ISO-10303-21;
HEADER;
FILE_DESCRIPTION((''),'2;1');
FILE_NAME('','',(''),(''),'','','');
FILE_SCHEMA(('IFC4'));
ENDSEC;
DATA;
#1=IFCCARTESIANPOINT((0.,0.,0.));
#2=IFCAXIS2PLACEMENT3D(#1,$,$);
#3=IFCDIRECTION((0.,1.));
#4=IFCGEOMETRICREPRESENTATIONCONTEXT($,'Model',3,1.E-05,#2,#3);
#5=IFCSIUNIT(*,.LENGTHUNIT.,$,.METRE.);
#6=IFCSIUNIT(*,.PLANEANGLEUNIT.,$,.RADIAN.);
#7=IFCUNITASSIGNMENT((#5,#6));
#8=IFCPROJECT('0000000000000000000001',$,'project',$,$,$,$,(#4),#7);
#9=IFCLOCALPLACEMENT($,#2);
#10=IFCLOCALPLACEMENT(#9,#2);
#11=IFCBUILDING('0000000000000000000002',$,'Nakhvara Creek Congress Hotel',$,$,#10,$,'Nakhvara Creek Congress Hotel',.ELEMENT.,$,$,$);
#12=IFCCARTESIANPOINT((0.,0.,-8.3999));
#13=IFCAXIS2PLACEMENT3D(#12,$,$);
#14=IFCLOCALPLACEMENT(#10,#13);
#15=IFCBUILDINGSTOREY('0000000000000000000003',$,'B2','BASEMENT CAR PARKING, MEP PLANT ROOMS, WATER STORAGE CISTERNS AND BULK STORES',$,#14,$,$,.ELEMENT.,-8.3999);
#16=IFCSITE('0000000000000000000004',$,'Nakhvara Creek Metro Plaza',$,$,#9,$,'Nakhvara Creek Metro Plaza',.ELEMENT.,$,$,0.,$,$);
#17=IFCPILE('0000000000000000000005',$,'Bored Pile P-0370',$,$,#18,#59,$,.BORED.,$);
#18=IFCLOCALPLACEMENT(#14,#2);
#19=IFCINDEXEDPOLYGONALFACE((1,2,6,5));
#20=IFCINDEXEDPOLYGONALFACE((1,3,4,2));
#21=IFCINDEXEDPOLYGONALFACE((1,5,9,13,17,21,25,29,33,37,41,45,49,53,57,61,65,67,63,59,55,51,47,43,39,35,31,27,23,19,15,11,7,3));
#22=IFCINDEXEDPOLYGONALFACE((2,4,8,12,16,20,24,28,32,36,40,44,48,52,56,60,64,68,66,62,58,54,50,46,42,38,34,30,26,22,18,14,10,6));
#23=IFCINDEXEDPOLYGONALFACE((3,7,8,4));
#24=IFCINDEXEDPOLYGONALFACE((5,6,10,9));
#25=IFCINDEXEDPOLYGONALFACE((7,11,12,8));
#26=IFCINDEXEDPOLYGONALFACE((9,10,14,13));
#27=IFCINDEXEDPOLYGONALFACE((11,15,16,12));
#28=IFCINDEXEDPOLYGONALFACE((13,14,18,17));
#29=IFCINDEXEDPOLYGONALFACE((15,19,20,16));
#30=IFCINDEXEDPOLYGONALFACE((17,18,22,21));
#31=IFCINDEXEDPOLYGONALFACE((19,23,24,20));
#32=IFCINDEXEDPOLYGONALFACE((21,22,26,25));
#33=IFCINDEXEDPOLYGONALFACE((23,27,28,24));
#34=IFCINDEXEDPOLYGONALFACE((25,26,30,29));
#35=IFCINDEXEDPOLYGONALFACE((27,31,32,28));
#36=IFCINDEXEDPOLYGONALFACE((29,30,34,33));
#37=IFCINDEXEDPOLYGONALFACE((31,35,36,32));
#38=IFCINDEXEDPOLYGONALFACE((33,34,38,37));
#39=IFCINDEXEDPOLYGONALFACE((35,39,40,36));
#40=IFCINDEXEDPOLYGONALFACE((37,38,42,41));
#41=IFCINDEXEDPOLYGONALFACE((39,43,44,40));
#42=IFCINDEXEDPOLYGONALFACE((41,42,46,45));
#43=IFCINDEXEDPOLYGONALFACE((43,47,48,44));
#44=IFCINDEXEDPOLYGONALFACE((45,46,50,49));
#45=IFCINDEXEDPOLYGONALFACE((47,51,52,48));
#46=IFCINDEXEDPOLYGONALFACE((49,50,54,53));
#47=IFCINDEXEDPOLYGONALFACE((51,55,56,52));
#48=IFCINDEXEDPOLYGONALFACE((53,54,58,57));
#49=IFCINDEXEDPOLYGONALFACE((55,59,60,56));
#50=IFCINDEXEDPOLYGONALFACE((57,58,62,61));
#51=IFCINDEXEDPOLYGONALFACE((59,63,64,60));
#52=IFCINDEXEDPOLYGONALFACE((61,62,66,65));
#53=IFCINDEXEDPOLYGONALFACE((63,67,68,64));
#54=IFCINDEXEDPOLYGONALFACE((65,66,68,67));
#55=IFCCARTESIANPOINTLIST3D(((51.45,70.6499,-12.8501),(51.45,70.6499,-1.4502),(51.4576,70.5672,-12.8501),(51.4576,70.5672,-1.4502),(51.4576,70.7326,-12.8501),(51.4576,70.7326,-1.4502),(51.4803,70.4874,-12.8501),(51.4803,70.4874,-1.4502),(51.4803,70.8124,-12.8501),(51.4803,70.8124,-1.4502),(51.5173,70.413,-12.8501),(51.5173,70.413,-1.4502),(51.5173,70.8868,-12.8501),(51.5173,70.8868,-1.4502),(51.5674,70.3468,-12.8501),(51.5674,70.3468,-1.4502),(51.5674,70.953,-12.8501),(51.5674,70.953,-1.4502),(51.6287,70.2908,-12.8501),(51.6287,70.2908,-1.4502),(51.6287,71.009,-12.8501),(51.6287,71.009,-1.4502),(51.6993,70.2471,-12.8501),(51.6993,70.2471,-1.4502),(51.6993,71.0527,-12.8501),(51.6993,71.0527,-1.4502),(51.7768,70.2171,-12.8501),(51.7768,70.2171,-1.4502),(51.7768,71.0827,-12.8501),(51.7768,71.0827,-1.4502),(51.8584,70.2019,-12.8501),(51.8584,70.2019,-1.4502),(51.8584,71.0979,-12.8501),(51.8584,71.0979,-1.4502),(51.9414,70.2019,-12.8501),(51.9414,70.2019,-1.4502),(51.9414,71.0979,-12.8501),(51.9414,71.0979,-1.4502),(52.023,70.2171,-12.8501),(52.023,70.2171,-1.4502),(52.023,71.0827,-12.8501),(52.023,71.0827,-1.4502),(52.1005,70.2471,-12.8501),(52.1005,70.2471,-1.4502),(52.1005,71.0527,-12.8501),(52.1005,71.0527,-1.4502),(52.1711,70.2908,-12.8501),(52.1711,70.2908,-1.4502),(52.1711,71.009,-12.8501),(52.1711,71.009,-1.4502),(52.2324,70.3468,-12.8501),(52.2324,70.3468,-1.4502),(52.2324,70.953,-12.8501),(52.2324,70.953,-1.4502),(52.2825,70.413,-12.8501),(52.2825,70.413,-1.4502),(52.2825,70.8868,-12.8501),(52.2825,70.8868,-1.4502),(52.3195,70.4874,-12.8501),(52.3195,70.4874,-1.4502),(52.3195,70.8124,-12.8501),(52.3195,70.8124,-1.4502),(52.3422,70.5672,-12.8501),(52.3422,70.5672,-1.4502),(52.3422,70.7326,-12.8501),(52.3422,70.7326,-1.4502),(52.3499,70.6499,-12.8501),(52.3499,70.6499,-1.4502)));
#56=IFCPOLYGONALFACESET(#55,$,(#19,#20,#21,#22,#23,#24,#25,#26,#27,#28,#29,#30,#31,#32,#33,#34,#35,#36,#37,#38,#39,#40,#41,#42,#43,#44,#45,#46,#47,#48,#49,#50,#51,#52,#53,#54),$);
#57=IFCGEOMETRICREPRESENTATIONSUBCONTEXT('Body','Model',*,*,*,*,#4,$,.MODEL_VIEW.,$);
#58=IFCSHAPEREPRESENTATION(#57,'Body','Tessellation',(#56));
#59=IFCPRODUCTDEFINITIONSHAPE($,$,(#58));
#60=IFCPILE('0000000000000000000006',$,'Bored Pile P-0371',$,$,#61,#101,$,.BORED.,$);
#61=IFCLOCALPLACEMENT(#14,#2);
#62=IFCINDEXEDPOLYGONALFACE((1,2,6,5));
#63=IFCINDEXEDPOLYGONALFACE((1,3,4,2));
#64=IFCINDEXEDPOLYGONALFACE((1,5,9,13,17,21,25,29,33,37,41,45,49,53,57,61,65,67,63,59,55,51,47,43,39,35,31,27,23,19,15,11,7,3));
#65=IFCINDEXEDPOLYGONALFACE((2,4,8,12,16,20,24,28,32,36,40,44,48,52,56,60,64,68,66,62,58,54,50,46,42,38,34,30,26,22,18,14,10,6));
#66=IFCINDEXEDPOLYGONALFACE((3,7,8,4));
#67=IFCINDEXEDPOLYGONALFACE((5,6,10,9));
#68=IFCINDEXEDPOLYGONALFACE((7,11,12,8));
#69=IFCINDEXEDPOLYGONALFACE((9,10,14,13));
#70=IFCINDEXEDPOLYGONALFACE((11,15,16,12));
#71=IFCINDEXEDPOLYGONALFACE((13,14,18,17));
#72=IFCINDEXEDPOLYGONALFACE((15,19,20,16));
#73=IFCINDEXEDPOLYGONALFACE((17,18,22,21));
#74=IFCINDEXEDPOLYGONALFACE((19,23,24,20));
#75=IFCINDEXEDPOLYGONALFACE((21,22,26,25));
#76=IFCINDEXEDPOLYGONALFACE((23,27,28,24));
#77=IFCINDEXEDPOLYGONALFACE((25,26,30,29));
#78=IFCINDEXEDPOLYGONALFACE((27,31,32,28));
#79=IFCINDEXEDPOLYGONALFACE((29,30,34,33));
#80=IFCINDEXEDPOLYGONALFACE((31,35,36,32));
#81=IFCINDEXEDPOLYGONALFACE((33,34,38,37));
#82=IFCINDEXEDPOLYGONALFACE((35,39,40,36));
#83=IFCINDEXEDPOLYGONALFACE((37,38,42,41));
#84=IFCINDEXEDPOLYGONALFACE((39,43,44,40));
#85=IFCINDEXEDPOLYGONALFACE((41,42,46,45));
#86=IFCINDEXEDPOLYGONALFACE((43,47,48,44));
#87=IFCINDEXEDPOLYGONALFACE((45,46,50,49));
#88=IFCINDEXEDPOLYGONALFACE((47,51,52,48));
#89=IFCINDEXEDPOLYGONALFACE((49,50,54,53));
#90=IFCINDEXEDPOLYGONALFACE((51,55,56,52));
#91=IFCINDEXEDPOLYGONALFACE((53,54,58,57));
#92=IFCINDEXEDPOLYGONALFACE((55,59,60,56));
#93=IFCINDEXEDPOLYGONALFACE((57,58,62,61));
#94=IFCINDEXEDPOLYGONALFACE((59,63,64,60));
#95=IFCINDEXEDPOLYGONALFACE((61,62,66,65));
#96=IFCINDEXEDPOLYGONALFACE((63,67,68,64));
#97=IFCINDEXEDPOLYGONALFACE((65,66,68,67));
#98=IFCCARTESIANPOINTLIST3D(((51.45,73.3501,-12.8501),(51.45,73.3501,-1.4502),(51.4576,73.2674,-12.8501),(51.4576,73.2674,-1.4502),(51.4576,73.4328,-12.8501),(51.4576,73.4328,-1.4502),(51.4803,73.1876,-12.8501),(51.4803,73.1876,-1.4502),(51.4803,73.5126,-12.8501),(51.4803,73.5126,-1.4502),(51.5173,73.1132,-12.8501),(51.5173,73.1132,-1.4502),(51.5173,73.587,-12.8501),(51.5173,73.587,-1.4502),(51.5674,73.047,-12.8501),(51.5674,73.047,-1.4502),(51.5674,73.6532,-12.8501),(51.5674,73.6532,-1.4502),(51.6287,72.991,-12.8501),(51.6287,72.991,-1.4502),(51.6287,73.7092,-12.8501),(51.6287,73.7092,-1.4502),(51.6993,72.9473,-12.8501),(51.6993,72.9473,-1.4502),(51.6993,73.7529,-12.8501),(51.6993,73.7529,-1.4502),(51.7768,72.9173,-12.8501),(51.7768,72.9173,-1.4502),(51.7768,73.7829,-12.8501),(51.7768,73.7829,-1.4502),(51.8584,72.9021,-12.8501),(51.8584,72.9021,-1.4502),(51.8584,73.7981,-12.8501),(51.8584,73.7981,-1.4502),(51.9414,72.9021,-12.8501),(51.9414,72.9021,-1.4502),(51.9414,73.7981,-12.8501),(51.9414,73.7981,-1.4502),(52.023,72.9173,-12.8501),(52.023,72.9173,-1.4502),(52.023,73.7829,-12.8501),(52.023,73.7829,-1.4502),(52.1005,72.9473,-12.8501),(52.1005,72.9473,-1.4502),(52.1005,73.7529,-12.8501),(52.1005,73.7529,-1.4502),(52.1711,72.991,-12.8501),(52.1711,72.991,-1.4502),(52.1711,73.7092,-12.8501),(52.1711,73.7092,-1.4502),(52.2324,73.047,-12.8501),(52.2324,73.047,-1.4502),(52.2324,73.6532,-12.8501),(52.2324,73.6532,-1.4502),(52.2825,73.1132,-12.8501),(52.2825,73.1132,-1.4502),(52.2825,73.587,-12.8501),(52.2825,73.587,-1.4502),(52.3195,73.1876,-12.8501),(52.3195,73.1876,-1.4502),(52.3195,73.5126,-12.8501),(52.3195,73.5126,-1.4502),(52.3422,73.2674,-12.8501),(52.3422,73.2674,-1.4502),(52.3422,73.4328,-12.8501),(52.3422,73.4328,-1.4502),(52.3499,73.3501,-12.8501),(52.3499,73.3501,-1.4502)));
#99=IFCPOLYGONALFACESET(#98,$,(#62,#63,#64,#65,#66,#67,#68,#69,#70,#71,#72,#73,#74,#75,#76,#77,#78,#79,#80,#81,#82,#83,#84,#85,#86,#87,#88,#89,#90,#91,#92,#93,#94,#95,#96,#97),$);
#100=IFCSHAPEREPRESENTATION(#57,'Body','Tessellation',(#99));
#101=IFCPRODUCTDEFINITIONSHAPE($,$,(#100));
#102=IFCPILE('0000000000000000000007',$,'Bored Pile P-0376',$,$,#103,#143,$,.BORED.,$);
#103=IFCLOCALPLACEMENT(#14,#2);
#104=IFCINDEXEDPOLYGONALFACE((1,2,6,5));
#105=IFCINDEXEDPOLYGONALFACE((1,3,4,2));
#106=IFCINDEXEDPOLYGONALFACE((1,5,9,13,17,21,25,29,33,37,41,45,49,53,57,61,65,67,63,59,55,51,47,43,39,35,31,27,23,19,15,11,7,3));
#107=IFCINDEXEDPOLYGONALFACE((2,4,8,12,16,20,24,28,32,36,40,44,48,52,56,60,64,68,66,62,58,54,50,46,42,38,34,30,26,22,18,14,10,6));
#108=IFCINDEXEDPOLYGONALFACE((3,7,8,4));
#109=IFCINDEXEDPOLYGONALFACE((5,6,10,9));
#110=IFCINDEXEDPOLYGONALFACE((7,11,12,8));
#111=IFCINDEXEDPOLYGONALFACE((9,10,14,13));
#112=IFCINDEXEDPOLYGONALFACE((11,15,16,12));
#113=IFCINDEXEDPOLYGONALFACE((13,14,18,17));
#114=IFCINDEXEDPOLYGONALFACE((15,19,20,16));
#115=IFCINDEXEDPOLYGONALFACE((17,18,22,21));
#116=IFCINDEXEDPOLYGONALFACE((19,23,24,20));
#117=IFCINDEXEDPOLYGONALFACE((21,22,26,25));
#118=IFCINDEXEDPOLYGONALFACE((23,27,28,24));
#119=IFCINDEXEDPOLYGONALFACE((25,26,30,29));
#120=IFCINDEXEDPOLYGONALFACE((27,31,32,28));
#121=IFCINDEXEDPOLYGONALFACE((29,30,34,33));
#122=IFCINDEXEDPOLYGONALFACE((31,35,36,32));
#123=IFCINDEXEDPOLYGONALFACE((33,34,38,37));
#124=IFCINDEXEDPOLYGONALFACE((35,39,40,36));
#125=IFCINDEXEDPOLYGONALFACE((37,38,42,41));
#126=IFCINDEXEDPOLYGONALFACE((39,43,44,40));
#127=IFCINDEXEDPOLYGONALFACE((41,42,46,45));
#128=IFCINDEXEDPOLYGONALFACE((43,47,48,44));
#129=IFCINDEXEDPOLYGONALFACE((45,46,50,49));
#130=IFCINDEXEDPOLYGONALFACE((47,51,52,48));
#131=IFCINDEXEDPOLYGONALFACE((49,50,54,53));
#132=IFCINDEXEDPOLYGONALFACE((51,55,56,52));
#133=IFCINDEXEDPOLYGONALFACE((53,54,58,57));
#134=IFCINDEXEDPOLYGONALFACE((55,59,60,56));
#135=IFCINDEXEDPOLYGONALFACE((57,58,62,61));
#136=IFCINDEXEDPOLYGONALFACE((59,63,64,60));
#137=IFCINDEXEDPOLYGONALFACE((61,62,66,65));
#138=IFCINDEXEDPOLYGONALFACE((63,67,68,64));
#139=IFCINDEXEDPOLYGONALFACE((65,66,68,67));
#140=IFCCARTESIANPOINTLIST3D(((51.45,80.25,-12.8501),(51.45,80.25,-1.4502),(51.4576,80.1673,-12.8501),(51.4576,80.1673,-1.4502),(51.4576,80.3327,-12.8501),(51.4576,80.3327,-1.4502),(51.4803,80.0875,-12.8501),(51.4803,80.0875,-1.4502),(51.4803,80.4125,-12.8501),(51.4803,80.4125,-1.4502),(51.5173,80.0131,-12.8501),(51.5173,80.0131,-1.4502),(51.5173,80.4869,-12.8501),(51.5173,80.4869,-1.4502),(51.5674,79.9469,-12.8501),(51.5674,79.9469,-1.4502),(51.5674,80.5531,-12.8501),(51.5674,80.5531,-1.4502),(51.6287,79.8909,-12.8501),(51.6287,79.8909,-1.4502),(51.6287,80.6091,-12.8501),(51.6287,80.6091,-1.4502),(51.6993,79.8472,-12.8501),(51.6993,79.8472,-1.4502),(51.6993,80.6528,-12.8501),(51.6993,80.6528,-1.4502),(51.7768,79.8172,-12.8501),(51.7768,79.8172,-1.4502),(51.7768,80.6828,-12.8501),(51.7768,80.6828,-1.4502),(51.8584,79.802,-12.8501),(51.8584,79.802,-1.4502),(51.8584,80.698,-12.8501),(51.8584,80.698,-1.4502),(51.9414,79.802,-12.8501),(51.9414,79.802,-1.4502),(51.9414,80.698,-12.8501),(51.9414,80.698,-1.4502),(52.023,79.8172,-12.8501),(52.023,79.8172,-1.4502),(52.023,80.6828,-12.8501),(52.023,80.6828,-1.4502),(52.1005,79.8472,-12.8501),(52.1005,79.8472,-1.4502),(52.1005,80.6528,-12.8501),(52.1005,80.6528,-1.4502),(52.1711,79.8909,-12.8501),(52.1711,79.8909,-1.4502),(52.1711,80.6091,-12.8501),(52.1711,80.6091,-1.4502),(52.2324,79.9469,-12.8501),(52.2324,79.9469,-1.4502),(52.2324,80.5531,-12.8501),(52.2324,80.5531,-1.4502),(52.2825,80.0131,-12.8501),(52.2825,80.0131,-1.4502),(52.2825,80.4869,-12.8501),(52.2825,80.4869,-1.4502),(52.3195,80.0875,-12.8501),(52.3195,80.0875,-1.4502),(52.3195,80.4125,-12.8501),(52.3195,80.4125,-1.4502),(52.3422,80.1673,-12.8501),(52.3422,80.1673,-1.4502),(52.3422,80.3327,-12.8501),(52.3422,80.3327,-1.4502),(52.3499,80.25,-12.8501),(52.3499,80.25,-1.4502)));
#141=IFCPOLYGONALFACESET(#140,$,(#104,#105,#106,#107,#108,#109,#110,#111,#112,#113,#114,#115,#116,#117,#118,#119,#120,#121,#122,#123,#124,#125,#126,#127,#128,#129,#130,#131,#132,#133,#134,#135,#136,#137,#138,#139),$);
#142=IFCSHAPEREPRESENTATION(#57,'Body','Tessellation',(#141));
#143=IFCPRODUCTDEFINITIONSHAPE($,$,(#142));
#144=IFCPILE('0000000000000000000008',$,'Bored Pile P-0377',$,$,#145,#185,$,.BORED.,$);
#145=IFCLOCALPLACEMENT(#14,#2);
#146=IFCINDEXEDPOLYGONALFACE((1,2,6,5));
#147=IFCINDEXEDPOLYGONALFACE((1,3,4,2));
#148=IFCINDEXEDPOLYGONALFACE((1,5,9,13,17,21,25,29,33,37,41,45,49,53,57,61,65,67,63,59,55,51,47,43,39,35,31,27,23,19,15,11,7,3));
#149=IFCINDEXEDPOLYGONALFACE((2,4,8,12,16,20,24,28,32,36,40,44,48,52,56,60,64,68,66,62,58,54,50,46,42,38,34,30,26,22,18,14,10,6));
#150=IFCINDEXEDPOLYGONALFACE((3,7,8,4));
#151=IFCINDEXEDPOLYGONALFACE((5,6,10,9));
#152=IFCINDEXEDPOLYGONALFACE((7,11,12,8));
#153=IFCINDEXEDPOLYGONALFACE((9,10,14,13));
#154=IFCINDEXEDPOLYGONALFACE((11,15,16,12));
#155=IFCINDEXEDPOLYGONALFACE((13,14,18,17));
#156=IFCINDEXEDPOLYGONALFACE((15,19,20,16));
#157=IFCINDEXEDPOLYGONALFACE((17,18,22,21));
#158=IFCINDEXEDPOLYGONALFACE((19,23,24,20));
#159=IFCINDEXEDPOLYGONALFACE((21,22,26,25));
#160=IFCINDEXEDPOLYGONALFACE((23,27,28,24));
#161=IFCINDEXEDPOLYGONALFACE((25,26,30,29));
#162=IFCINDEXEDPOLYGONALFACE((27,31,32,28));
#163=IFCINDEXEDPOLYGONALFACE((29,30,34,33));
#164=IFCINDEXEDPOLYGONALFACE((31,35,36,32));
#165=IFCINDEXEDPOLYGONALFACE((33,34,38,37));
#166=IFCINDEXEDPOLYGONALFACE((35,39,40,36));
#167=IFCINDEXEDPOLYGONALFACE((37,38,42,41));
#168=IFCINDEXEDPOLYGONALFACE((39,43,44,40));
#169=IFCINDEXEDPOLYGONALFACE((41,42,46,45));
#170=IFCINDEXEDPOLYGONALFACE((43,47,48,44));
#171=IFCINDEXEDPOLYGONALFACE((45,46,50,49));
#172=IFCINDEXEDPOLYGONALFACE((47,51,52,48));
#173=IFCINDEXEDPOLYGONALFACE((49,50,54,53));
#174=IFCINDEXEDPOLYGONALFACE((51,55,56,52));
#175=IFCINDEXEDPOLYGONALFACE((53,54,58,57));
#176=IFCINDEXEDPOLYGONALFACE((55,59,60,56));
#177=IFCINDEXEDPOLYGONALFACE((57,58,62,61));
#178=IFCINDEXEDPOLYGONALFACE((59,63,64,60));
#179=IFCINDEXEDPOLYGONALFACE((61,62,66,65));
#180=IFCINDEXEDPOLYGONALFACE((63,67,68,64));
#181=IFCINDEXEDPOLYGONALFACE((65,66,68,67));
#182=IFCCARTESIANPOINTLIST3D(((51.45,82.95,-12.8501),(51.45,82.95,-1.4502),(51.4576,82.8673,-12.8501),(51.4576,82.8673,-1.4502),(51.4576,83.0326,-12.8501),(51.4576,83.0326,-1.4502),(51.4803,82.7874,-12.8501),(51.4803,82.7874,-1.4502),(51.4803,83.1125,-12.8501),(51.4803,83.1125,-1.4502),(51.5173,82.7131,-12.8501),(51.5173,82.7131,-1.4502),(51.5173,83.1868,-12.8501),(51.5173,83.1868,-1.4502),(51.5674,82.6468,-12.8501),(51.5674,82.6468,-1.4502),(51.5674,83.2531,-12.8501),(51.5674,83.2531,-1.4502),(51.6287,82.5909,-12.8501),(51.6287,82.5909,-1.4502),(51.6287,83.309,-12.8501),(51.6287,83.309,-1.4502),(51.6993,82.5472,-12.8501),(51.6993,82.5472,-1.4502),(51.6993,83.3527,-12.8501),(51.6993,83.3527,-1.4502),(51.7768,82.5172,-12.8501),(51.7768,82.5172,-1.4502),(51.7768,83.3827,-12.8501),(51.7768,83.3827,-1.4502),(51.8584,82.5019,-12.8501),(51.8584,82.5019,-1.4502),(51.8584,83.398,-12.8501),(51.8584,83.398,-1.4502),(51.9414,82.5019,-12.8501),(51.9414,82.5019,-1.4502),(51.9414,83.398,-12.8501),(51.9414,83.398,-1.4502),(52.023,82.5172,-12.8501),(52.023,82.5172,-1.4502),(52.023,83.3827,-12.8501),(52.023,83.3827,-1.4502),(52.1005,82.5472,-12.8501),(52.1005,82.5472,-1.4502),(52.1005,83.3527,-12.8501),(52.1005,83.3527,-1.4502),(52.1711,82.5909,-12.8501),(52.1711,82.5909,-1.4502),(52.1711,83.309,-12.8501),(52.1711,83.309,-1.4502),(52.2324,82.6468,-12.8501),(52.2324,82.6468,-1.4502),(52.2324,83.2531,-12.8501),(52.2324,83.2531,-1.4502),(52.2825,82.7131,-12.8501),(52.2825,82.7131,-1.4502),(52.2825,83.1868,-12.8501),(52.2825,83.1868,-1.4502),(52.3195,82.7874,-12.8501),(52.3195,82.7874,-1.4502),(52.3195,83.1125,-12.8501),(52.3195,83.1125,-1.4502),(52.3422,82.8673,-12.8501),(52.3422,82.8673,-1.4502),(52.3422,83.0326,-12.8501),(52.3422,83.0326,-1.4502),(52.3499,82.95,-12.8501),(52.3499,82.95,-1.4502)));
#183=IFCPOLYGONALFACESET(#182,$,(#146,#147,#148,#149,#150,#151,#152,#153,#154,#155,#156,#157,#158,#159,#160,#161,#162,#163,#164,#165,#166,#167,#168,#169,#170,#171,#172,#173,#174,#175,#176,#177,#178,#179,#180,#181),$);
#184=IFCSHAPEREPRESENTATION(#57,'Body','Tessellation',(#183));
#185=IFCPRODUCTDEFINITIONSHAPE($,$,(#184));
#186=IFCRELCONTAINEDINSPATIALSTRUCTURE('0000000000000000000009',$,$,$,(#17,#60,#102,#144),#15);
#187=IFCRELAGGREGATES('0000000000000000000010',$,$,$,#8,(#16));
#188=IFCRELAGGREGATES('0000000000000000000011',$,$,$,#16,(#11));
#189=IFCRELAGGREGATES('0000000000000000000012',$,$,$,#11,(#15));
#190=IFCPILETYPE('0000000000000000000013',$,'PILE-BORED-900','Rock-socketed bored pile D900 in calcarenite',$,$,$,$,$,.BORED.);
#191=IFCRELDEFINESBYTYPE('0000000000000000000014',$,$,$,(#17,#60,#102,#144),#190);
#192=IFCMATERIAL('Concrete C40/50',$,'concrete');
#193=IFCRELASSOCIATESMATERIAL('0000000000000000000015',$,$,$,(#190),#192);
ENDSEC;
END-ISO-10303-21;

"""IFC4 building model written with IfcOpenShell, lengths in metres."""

from ifc_helpers import new_model, si_unit, direction, frame, origin, origin_2d, place, context, subcontext, project, spatial, circle, extrude, material, material_profile, profile_set, type_object, element, save


model = new_model("IFC4")

# Units and contexts
model_context = context("Model", 3, precision=1e-05, world=origin(), true_north=direction((0.0, 1.0)))
body_context = subcontext(model_context, "Body", "Model", "MODEL_VIEW")
ifc_project = project(units=[si_unit("LENGTHUNIT", "METRE"), si_unit("PLANEANGLEUNIT", "RADIAN")], contexts=[model_context])

# Site, building, storey
site_placement = place(None, origin())
site = spatial("IfcSite", under=ifc_project, at=site_placement, Name="Nakhvara Creek Metro Plaza", LongName="Nakhvara Creek Metro Plaza", CompositionType="ELEMENT", RefElevation=0.0)
building_placement = place(site_placement, origin())
building = spatial("IfcBuilding", under=site, at=building_placement, Name="Nakhvara Creek Congress Hotel", LongName="Nakhvara Creek Congress Hotel", CompositionType="ELEMENT")
storey_placement = place(building_placement, frame((0.0, 0.0, -8.3999)))
storey = spatial("IfcBuildingStorey", under=building, at=storey_placement, Name="B2", Description="BASEMENT CAR PARKING, MEP PLANT ROOMS, WATER STORAGE CISTERNS AND BULK STORES", CompositionType="ELEMENT", Elevation=-8.3999)

# Shared definitions
ifc_material_1 = material(Name="Concrete C40/50", Category="concrete")

# Piles
ifc_material_profile_1 = material_profile(ifc_material_1, circle(Radius=0.45, at=origin_2d()), Name="BORED PILE D900", Category="LoadBearing")
ifc_profile_set_1 = profile_set([ifc_material_profile_1], Name="Concrete C40/50")
pile_type = type_object("IfcPileType", Name="PILE-BORED-900", Description="Rock-socketed bored pile D900 in calcarenite", PredefinedType="BORED", material=ifc_profile_set_1)
for number, where, z_axis, x_axis, name in (
    (1, (51.8999, 70.6499, -1.4502), (0.0, 0.0, -1.0), (1.0, 0.0, 0.0), "Bored Pile P-0370"),
    (2, (51.8999, 73.3501, -1.4502), (0.0, 0.0, -1.0), (1.0, 0.0, 0.0), "Bored Pile P-0371"),
    (3, (51.8999, 80.25, -1.4502), (0.0, 0.0, -1.0), (1.0, 0.0, 0.0), "Bored Pile P-0376"),
    (4, (51.8999, 82.95, -1.4502), (0.0, 0.0, -1.0), (1.0, 0.0, 0.0), "Bored Pile P-0377"),
):
    element("IfcPile", number, at=place(storey_placement, frame(where, z_axis=z_axis, x_axis=x_axis)), inside=storey, type_object=pile_type, Name=name, PredefinedType="BORED", context=body_context, shape_type="SweptSolid", body=[
        extrude(circle(Radius=0.45, at=origin_2d()), origin(), (0.0, 0.0, 1.0), 11.3999),
    ])

save(model, "model.ifc")
